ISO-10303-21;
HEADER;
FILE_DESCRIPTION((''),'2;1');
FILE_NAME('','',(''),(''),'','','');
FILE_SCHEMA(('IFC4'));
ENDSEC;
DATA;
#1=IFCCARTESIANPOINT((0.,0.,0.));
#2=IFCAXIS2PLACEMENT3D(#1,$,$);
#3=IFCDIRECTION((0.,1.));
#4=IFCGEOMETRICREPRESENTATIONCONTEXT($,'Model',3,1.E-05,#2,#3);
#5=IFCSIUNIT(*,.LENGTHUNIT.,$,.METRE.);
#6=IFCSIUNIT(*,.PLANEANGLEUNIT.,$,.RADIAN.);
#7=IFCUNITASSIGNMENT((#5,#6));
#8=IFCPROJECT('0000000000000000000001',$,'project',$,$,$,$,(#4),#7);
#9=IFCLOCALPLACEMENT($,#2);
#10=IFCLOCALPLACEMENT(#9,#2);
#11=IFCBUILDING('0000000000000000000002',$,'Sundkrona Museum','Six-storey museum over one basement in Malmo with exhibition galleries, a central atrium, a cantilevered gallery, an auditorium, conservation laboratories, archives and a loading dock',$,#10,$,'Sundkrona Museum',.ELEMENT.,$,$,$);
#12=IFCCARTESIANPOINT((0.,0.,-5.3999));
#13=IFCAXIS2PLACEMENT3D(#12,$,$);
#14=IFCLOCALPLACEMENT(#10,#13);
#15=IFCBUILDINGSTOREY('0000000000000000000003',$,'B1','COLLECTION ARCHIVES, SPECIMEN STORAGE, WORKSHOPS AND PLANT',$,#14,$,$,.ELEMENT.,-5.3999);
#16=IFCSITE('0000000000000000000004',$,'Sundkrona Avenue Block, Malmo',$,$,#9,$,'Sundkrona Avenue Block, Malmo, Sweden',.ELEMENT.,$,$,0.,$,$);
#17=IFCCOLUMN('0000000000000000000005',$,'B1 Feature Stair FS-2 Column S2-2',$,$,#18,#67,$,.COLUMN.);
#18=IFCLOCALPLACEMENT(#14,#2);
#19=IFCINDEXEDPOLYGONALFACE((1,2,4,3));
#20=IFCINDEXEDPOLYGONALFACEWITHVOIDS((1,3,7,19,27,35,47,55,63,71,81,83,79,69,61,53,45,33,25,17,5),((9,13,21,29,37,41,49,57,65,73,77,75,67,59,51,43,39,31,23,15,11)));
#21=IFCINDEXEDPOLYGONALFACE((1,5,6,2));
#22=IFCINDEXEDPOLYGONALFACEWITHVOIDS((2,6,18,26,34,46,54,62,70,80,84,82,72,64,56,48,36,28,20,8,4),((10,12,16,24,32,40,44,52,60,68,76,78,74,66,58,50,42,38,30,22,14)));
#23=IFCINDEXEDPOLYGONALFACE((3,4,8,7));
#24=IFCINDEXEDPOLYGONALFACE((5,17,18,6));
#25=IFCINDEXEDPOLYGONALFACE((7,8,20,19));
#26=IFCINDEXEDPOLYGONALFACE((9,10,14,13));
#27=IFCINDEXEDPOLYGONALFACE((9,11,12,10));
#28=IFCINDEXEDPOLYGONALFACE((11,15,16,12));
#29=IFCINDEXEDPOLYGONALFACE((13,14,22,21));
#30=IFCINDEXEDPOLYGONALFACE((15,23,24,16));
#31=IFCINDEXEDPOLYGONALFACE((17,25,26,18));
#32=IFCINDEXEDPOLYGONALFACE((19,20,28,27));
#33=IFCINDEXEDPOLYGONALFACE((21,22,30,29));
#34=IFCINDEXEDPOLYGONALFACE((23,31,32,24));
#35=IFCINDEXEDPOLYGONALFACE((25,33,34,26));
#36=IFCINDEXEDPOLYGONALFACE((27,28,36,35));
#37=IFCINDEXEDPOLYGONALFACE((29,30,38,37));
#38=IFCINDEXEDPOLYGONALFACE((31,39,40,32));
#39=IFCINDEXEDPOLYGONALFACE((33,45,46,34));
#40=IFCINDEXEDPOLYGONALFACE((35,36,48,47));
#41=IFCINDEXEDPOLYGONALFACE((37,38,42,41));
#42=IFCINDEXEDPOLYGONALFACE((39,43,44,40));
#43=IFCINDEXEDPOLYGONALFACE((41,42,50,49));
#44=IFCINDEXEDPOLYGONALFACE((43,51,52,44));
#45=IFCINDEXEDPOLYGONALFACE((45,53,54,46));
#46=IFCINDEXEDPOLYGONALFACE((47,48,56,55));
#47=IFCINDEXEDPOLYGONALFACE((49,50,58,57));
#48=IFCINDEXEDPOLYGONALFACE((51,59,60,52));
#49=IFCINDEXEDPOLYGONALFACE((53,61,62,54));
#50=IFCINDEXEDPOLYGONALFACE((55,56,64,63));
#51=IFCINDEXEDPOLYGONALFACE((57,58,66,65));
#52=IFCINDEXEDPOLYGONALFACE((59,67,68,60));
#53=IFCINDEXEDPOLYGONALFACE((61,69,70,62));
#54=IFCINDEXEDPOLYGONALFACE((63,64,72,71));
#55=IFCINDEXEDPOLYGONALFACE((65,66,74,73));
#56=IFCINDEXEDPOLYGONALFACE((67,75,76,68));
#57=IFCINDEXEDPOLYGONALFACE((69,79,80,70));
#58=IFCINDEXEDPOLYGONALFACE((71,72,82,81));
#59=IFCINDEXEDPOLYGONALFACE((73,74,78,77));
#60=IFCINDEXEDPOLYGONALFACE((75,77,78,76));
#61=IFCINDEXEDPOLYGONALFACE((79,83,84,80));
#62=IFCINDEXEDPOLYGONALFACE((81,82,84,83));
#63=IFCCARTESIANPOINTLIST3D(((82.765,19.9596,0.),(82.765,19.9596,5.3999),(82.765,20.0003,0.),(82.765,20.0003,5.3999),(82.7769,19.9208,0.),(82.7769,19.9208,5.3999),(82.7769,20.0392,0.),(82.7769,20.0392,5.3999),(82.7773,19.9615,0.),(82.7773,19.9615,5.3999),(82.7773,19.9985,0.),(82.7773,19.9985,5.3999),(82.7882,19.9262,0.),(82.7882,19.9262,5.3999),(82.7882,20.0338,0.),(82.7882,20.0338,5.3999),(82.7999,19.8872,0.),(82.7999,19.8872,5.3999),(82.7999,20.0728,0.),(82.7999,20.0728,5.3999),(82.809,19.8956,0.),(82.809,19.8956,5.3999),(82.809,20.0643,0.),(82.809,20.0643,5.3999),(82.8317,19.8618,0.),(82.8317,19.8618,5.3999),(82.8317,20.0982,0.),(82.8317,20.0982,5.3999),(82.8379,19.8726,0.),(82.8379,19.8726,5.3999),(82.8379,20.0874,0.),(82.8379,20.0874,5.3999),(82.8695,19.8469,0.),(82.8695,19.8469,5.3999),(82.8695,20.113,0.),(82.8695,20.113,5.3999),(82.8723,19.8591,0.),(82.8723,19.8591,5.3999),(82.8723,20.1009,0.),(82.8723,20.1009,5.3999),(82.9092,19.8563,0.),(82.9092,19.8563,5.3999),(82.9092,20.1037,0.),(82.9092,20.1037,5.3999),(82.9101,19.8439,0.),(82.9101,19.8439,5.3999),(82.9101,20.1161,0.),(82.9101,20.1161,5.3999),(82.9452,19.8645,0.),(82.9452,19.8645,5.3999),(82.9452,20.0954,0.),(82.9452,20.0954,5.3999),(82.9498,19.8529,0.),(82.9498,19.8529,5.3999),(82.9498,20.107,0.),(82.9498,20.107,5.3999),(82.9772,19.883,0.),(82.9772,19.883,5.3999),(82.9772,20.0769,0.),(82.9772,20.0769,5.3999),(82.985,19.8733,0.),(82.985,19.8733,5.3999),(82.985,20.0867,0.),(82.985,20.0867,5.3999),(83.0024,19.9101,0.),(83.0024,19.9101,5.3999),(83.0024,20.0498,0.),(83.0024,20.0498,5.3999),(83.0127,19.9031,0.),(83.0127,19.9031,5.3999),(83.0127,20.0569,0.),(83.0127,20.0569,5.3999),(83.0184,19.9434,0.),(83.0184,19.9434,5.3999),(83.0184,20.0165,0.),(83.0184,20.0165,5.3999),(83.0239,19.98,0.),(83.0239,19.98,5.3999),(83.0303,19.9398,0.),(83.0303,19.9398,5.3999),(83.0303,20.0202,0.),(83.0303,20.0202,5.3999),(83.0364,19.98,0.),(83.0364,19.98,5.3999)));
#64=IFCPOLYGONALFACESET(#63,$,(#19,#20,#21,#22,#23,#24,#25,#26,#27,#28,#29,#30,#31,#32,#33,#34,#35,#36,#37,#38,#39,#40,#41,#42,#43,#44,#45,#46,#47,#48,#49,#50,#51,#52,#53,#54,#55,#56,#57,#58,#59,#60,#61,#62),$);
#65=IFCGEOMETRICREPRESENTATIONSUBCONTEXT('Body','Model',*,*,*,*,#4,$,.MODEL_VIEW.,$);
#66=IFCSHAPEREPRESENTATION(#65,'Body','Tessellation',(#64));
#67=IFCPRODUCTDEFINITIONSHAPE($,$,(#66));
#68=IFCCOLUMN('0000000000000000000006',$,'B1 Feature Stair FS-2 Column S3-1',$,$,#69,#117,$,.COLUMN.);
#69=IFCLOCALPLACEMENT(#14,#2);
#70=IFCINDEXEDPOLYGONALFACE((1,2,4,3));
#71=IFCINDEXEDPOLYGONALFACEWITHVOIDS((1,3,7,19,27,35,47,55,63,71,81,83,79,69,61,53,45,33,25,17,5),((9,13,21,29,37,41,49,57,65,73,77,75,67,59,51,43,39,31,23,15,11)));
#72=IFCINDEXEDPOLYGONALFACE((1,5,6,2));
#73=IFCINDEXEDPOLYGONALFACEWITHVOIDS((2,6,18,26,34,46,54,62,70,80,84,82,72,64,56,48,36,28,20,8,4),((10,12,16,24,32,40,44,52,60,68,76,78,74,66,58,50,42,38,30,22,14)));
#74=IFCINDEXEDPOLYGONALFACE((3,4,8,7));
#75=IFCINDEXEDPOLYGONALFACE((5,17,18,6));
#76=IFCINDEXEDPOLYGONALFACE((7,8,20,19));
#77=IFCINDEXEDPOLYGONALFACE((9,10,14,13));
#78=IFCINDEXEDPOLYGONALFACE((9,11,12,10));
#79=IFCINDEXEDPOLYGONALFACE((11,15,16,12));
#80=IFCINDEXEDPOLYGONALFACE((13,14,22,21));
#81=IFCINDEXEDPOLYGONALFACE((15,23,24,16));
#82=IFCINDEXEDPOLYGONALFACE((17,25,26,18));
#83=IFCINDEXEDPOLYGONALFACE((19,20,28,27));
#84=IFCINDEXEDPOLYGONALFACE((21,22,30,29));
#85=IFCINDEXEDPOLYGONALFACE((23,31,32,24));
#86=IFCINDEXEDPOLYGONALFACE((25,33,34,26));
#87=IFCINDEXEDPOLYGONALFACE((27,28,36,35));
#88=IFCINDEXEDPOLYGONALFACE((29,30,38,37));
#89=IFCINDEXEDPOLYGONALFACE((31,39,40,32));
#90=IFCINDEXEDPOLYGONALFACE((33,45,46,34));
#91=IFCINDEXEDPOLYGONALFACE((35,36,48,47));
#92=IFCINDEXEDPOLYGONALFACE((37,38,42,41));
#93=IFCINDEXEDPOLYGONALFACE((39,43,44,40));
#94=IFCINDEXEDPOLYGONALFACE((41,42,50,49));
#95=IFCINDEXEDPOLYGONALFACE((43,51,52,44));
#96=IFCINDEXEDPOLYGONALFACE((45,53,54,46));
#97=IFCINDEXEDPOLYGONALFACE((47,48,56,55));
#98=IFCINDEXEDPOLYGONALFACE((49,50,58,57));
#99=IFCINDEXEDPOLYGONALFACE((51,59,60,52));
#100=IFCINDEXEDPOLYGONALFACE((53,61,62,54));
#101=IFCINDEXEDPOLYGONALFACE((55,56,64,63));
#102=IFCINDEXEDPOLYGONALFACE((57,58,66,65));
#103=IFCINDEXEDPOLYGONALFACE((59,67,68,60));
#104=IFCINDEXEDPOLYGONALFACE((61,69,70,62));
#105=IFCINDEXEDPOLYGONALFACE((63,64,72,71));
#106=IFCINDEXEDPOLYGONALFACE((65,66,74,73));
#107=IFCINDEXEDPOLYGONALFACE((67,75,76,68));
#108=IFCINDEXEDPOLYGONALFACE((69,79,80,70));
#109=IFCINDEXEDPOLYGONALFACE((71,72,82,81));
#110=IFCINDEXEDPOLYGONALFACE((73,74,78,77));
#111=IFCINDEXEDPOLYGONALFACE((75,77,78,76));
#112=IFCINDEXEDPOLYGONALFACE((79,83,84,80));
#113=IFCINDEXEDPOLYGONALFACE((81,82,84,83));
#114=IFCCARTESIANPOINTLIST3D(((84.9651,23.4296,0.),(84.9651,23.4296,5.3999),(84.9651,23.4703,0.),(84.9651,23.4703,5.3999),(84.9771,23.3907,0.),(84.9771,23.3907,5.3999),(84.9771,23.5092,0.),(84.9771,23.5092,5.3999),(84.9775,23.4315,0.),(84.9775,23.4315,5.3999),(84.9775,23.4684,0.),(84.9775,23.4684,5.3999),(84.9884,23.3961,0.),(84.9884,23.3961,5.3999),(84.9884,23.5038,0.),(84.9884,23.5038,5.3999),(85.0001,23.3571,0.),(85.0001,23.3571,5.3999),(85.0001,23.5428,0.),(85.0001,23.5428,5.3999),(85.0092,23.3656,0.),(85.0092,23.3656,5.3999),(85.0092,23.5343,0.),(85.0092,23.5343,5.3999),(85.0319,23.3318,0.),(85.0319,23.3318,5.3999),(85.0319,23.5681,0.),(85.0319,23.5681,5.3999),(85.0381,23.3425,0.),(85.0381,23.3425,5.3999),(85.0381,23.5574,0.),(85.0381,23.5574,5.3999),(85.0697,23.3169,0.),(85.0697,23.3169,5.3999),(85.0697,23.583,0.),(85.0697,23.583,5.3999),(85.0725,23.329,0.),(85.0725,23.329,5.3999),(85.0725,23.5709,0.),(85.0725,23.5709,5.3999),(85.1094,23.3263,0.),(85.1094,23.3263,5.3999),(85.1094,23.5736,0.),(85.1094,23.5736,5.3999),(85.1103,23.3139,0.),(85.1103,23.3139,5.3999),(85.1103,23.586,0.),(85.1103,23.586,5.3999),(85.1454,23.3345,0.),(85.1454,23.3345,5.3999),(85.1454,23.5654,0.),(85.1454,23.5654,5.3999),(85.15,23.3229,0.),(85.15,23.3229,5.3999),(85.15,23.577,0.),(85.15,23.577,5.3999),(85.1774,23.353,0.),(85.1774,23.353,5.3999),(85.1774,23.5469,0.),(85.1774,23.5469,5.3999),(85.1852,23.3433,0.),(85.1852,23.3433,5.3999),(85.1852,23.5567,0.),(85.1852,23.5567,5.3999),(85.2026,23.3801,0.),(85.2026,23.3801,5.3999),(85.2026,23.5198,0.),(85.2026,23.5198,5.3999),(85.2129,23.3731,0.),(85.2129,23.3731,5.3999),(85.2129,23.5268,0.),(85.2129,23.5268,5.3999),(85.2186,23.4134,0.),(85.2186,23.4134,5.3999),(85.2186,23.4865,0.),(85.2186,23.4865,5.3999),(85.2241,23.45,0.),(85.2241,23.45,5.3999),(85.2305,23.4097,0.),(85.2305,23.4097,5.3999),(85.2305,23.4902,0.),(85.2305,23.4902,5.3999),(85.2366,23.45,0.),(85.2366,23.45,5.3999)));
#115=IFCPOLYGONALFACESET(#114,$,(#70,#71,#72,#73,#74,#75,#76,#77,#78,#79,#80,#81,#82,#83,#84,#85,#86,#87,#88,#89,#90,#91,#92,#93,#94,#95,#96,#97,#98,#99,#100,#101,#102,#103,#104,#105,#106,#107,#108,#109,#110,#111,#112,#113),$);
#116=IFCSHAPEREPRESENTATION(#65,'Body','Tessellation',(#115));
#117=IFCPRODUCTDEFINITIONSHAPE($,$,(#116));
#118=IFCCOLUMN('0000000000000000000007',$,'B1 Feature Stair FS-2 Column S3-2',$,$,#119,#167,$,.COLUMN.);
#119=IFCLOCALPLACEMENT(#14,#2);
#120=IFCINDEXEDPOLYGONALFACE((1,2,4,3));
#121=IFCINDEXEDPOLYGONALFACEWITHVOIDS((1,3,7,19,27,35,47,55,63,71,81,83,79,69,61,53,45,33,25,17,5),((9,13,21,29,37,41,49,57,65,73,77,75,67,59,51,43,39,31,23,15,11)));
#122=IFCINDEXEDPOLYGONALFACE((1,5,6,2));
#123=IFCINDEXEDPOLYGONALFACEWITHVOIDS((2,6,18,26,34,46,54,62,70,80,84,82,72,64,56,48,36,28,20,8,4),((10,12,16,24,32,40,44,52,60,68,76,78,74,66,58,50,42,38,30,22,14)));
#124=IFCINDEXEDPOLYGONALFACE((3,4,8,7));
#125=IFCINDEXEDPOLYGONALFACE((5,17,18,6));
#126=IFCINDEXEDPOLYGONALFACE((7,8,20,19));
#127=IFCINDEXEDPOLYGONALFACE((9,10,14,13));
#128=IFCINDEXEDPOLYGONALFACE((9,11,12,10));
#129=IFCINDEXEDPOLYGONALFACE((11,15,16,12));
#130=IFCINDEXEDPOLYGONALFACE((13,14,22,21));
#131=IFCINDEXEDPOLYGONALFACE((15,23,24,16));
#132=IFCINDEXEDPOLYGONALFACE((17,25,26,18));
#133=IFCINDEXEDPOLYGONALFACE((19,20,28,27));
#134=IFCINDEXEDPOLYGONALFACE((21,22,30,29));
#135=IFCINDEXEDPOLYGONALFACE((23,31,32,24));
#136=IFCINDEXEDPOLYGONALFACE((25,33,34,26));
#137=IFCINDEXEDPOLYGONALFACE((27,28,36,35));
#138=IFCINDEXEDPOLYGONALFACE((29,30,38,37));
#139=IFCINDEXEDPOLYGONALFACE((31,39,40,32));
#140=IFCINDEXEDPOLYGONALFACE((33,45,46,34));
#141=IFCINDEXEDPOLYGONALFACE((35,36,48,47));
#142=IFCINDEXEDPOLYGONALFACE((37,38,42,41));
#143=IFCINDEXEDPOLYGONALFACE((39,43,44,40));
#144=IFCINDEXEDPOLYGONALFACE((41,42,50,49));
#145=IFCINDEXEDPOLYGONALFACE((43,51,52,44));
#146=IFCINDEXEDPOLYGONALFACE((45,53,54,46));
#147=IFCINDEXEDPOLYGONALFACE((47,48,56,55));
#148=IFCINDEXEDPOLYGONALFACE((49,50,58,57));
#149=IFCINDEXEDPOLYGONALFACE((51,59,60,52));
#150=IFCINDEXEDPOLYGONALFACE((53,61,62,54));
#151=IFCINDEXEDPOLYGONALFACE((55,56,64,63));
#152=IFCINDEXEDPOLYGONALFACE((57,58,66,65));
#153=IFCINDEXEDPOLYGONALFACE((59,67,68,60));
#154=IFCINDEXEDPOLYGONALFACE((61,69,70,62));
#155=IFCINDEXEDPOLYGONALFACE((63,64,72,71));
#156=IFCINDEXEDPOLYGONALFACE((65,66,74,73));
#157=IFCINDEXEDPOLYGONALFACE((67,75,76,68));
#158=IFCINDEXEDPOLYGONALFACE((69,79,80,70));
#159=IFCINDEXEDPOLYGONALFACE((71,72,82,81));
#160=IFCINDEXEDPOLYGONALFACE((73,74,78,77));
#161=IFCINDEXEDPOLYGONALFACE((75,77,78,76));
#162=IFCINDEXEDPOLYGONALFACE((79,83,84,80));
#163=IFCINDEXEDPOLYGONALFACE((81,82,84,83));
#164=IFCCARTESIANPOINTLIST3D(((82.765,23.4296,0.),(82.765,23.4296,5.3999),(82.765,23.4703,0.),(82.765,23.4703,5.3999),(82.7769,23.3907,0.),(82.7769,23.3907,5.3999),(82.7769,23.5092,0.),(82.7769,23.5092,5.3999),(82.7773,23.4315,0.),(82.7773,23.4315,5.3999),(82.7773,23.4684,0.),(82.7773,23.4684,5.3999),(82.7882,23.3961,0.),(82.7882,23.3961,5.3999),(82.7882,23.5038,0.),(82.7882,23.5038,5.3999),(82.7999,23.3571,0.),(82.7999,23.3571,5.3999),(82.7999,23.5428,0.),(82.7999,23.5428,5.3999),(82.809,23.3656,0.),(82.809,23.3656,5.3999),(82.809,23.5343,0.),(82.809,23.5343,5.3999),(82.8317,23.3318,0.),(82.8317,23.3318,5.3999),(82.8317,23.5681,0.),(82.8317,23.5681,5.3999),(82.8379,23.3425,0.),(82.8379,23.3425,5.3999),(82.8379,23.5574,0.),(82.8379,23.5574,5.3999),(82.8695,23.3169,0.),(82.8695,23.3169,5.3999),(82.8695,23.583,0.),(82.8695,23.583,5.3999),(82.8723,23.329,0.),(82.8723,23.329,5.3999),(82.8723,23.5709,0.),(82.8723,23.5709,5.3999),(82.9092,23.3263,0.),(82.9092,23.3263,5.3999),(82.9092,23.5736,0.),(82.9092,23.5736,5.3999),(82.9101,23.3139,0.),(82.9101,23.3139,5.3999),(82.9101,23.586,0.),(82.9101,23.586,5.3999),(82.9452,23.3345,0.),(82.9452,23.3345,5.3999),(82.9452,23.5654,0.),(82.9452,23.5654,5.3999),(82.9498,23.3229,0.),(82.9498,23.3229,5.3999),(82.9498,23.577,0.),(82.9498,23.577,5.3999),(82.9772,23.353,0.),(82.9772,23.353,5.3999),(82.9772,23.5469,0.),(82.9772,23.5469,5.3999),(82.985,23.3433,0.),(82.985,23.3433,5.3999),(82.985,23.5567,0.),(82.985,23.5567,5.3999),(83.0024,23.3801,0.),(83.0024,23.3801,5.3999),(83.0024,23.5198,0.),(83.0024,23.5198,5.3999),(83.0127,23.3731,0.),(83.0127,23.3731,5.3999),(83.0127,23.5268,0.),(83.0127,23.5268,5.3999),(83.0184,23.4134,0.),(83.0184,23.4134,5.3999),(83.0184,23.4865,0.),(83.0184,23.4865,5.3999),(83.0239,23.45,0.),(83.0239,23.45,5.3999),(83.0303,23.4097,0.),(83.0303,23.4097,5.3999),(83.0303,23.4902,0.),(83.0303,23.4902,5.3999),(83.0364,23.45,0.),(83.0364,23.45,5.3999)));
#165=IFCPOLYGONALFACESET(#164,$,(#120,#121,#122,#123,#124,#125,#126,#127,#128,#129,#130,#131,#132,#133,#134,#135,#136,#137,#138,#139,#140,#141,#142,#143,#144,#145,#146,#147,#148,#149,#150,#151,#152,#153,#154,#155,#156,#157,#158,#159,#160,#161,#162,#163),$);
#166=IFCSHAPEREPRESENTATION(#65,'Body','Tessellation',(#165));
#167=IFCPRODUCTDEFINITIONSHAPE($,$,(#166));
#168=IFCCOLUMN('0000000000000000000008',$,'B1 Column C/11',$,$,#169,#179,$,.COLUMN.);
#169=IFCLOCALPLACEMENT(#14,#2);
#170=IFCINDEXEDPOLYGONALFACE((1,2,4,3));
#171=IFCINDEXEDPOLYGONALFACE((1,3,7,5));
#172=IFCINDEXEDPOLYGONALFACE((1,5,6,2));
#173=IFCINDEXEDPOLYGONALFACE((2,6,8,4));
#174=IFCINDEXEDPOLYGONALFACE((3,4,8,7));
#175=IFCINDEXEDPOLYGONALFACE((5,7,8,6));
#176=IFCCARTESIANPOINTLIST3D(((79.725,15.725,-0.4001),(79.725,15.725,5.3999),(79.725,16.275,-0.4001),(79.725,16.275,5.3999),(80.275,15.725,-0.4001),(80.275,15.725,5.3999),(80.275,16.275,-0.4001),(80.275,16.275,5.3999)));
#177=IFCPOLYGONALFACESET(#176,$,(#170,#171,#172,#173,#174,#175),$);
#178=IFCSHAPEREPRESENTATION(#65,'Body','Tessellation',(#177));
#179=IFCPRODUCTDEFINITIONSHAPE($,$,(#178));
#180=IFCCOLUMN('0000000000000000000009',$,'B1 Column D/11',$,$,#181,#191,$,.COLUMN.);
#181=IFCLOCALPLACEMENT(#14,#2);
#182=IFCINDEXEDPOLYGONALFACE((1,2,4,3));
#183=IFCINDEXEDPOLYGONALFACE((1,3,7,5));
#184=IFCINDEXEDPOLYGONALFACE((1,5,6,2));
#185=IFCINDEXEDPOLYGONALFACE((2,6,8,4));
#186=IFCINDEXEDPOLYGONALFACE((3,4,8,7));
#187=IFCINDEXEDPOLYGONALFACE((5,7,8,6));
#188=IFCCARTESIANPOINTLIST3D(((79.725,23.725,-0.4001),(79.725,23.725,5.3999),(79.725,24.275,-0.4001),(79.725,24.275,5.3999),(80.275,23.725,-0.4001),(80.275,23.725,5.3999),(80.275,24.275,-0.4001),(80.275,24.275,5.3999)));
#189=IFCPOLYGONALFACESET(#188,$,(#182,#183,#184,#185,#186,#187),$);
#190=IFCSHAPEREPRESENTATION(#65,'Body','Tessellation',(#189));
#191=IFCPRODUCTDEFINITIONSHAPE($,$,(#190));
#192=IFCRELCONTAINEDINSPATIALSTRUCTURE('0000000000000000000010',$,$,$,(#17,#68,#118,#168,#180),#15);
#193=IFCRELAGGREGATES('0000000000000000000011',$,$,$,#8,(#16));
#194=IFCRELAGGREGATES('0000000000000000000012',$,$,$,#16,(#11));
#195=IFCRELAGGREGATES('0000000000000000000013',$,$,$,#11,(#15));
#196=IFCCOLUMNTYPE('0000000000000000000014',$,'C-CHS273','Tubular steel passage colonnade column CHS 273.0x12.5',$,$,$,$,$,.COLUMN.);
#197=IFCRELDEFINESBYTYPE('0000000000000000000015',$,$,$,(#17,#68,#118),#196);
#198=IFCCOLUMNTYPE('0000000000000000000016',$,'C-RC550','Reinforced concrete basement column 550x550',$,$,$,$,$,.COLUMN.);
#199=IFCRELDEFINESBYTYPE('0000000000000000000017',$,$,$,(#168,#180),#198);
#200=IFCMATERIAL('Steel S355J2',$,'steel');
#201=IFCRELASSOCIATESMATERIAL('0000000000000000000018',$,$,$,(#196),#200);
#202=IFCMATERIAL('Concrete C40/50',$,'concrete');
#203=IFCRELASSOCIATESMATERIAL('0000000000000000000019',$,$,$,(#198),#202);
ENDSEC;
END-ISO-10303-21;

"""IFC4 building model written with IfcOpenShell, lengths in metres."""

from ifc_helpers import new_model, si_unit, direction, frame, origin, origin_2d, place, context, subcontext, project, spatial, rectangle, hollow_circle, extrude, material, material_profile, profile_set, type_object, element, save


model = new_model("IFC4")

# Units and contexts
model_context = context("Model", 3, precision=1e-05, world=origin(), true_north=direction((0.0, 1.0)))
body_context = subcontext(model_context, "Body", "Model", "MODEL_VIEW")
ifc_project = project(units=[si_unit("LENGTHUNIT", "METRE"), si_unit("PLANEANGLEUNIT", "RADIAN")], contexts=[model_context])

# Site, building, storey
site_placement = place(None, origin())
site = spatial("IfcSite", under=ifc_project, at=site_placement, Name="Sundkrona Avenue Block, Malmo", LongName="Sundkrona Avenue Block, Malmo, Sweden", CompositionType="ELEMENT", RefElevation=0.0)
building_placement = place(site_placement, origin())
building = spatial("IfcBuilding", under=site, at=building_placement, Name="Sundkrona Museum", Description="Six-storey museum over one basement in Malmo with exhibition galleries, a central atrium, a cantilevered gallery, an auditorium, conservation laboratories, archives and a loading dock", LongName="Sundkrona Museum", CompositionType="ELEMENT")
storey_placement = place(building_placement, frame((0.0, 0.0, -5.3999)))
storey = spatial("IfcBuildingStorey", under=building, at=storey_placement, Name="B1", Description="COLLECTION ARCHIVES, SPECIMEN STORAGE, WORKSHOPS AND PLANT", CompositionType="ELEMENT", Elevation=-5.3999)

# Shared definitions
ifc_material_1 = material(Name="Concrete C40/50", Category="concrete")

# Columns
ifc_material_2 = material(Name="Steel S355J2", Category="steel")
ifc_material_profile_1 = material_profile(ifc_material_2, hollow_circle(Radius=0.1365, WallThickness=0.0125, at=origin_2d()), Name="CHS 273.0x12.5")
ifc_profile_set_1 = profile_set([ifc_material_profile_1], Name="Steel S355J2")
column_type_1 = type_object("IfcColumnType", Name="C-CHS273", Description="Tubular steel passage colonnade column CHS 273.0x12.5", PredefinedType="COLUMN", material=ifc_profile_set_1)
for number, where, z_axis, x_axis, name in (
    (1, (82.8999, 19.98, 0.0), (0.0, 0.0, 1.0), (1.0, 0.0, 0.0), "B1 Feature Stair FS-2 Column S2-2"),
    (2, (85.1001, 23.45, 0.0), (0.0, 0.0, 1.0), (1.0, 0.0, 0.0), "B1 Feature Stair FS-2 Column S3-1"),
    (3, (82.8999, 23.45, 0.0), (0.0, 0.0, 1.0), (1.0, 0.0, 0.0), "B1 Feature Stair FS-2 Column S3-2"),
):
    element("IfcColumn", number, at=place(storey_placement, frame(where, z_axis=z_axis, x_axis=x_axis)), inside=storey, type_object=column_type_1, Name=name, PredefinedType="COLUMN", context=body_context, shape_type="SweptSolid", body=[
        extrude(hollow_circle(Radius=0.1365, WallThickness=0.0125, at=origin_2d()), origin(), (0.0, 0.0, 1.0), 5.3999),
    ])
ifc_material_profile_2 = material_profile(ifc_material_1, rectangle(XDim=0.55, YDim=0.55, at=origin_2d()), Name="RC 550x550")
ifc_profile_set_2 = profile_set([ifc_material_profile_2], Name="Concrete C40/50")
column_type_2 = type_object("IfcColumnType", Name="C-RC550", Description="Reinforced concrete basement column 550x550", PredefinedType="COLUMN", material=ifc_profile_set_2)
for number, where, z_axis, x_axis, name in (
    (4, (80.0, 16.0, -0.4001), (0.0, 0.0, 1.0), (1.0, 0.0, 0.0), "B1 Column C/11"),
    (5, (80.0, 24.0, -0.4001), (0.0, 0.0, 1.0), (1.0, 0.0, 0.0), "B1 Column D/11"),
):
    element("IfcColumn", number, at=place(storey_placement, frame(where, z_axis=z_axis, x_axis=x_axis)), inside=storey, type_object=column_type_2, Name=name, PredefinedType="COLUMN", context=body_context, shape_type="SweptSolid", body=[
        extrude(rectangle(XDim=0.55, YDim=0.55, at=origin_2d()), origin(), (0.0, 0.0, 1.0), 5.8),
    ])

save(model, "model.ifc")
